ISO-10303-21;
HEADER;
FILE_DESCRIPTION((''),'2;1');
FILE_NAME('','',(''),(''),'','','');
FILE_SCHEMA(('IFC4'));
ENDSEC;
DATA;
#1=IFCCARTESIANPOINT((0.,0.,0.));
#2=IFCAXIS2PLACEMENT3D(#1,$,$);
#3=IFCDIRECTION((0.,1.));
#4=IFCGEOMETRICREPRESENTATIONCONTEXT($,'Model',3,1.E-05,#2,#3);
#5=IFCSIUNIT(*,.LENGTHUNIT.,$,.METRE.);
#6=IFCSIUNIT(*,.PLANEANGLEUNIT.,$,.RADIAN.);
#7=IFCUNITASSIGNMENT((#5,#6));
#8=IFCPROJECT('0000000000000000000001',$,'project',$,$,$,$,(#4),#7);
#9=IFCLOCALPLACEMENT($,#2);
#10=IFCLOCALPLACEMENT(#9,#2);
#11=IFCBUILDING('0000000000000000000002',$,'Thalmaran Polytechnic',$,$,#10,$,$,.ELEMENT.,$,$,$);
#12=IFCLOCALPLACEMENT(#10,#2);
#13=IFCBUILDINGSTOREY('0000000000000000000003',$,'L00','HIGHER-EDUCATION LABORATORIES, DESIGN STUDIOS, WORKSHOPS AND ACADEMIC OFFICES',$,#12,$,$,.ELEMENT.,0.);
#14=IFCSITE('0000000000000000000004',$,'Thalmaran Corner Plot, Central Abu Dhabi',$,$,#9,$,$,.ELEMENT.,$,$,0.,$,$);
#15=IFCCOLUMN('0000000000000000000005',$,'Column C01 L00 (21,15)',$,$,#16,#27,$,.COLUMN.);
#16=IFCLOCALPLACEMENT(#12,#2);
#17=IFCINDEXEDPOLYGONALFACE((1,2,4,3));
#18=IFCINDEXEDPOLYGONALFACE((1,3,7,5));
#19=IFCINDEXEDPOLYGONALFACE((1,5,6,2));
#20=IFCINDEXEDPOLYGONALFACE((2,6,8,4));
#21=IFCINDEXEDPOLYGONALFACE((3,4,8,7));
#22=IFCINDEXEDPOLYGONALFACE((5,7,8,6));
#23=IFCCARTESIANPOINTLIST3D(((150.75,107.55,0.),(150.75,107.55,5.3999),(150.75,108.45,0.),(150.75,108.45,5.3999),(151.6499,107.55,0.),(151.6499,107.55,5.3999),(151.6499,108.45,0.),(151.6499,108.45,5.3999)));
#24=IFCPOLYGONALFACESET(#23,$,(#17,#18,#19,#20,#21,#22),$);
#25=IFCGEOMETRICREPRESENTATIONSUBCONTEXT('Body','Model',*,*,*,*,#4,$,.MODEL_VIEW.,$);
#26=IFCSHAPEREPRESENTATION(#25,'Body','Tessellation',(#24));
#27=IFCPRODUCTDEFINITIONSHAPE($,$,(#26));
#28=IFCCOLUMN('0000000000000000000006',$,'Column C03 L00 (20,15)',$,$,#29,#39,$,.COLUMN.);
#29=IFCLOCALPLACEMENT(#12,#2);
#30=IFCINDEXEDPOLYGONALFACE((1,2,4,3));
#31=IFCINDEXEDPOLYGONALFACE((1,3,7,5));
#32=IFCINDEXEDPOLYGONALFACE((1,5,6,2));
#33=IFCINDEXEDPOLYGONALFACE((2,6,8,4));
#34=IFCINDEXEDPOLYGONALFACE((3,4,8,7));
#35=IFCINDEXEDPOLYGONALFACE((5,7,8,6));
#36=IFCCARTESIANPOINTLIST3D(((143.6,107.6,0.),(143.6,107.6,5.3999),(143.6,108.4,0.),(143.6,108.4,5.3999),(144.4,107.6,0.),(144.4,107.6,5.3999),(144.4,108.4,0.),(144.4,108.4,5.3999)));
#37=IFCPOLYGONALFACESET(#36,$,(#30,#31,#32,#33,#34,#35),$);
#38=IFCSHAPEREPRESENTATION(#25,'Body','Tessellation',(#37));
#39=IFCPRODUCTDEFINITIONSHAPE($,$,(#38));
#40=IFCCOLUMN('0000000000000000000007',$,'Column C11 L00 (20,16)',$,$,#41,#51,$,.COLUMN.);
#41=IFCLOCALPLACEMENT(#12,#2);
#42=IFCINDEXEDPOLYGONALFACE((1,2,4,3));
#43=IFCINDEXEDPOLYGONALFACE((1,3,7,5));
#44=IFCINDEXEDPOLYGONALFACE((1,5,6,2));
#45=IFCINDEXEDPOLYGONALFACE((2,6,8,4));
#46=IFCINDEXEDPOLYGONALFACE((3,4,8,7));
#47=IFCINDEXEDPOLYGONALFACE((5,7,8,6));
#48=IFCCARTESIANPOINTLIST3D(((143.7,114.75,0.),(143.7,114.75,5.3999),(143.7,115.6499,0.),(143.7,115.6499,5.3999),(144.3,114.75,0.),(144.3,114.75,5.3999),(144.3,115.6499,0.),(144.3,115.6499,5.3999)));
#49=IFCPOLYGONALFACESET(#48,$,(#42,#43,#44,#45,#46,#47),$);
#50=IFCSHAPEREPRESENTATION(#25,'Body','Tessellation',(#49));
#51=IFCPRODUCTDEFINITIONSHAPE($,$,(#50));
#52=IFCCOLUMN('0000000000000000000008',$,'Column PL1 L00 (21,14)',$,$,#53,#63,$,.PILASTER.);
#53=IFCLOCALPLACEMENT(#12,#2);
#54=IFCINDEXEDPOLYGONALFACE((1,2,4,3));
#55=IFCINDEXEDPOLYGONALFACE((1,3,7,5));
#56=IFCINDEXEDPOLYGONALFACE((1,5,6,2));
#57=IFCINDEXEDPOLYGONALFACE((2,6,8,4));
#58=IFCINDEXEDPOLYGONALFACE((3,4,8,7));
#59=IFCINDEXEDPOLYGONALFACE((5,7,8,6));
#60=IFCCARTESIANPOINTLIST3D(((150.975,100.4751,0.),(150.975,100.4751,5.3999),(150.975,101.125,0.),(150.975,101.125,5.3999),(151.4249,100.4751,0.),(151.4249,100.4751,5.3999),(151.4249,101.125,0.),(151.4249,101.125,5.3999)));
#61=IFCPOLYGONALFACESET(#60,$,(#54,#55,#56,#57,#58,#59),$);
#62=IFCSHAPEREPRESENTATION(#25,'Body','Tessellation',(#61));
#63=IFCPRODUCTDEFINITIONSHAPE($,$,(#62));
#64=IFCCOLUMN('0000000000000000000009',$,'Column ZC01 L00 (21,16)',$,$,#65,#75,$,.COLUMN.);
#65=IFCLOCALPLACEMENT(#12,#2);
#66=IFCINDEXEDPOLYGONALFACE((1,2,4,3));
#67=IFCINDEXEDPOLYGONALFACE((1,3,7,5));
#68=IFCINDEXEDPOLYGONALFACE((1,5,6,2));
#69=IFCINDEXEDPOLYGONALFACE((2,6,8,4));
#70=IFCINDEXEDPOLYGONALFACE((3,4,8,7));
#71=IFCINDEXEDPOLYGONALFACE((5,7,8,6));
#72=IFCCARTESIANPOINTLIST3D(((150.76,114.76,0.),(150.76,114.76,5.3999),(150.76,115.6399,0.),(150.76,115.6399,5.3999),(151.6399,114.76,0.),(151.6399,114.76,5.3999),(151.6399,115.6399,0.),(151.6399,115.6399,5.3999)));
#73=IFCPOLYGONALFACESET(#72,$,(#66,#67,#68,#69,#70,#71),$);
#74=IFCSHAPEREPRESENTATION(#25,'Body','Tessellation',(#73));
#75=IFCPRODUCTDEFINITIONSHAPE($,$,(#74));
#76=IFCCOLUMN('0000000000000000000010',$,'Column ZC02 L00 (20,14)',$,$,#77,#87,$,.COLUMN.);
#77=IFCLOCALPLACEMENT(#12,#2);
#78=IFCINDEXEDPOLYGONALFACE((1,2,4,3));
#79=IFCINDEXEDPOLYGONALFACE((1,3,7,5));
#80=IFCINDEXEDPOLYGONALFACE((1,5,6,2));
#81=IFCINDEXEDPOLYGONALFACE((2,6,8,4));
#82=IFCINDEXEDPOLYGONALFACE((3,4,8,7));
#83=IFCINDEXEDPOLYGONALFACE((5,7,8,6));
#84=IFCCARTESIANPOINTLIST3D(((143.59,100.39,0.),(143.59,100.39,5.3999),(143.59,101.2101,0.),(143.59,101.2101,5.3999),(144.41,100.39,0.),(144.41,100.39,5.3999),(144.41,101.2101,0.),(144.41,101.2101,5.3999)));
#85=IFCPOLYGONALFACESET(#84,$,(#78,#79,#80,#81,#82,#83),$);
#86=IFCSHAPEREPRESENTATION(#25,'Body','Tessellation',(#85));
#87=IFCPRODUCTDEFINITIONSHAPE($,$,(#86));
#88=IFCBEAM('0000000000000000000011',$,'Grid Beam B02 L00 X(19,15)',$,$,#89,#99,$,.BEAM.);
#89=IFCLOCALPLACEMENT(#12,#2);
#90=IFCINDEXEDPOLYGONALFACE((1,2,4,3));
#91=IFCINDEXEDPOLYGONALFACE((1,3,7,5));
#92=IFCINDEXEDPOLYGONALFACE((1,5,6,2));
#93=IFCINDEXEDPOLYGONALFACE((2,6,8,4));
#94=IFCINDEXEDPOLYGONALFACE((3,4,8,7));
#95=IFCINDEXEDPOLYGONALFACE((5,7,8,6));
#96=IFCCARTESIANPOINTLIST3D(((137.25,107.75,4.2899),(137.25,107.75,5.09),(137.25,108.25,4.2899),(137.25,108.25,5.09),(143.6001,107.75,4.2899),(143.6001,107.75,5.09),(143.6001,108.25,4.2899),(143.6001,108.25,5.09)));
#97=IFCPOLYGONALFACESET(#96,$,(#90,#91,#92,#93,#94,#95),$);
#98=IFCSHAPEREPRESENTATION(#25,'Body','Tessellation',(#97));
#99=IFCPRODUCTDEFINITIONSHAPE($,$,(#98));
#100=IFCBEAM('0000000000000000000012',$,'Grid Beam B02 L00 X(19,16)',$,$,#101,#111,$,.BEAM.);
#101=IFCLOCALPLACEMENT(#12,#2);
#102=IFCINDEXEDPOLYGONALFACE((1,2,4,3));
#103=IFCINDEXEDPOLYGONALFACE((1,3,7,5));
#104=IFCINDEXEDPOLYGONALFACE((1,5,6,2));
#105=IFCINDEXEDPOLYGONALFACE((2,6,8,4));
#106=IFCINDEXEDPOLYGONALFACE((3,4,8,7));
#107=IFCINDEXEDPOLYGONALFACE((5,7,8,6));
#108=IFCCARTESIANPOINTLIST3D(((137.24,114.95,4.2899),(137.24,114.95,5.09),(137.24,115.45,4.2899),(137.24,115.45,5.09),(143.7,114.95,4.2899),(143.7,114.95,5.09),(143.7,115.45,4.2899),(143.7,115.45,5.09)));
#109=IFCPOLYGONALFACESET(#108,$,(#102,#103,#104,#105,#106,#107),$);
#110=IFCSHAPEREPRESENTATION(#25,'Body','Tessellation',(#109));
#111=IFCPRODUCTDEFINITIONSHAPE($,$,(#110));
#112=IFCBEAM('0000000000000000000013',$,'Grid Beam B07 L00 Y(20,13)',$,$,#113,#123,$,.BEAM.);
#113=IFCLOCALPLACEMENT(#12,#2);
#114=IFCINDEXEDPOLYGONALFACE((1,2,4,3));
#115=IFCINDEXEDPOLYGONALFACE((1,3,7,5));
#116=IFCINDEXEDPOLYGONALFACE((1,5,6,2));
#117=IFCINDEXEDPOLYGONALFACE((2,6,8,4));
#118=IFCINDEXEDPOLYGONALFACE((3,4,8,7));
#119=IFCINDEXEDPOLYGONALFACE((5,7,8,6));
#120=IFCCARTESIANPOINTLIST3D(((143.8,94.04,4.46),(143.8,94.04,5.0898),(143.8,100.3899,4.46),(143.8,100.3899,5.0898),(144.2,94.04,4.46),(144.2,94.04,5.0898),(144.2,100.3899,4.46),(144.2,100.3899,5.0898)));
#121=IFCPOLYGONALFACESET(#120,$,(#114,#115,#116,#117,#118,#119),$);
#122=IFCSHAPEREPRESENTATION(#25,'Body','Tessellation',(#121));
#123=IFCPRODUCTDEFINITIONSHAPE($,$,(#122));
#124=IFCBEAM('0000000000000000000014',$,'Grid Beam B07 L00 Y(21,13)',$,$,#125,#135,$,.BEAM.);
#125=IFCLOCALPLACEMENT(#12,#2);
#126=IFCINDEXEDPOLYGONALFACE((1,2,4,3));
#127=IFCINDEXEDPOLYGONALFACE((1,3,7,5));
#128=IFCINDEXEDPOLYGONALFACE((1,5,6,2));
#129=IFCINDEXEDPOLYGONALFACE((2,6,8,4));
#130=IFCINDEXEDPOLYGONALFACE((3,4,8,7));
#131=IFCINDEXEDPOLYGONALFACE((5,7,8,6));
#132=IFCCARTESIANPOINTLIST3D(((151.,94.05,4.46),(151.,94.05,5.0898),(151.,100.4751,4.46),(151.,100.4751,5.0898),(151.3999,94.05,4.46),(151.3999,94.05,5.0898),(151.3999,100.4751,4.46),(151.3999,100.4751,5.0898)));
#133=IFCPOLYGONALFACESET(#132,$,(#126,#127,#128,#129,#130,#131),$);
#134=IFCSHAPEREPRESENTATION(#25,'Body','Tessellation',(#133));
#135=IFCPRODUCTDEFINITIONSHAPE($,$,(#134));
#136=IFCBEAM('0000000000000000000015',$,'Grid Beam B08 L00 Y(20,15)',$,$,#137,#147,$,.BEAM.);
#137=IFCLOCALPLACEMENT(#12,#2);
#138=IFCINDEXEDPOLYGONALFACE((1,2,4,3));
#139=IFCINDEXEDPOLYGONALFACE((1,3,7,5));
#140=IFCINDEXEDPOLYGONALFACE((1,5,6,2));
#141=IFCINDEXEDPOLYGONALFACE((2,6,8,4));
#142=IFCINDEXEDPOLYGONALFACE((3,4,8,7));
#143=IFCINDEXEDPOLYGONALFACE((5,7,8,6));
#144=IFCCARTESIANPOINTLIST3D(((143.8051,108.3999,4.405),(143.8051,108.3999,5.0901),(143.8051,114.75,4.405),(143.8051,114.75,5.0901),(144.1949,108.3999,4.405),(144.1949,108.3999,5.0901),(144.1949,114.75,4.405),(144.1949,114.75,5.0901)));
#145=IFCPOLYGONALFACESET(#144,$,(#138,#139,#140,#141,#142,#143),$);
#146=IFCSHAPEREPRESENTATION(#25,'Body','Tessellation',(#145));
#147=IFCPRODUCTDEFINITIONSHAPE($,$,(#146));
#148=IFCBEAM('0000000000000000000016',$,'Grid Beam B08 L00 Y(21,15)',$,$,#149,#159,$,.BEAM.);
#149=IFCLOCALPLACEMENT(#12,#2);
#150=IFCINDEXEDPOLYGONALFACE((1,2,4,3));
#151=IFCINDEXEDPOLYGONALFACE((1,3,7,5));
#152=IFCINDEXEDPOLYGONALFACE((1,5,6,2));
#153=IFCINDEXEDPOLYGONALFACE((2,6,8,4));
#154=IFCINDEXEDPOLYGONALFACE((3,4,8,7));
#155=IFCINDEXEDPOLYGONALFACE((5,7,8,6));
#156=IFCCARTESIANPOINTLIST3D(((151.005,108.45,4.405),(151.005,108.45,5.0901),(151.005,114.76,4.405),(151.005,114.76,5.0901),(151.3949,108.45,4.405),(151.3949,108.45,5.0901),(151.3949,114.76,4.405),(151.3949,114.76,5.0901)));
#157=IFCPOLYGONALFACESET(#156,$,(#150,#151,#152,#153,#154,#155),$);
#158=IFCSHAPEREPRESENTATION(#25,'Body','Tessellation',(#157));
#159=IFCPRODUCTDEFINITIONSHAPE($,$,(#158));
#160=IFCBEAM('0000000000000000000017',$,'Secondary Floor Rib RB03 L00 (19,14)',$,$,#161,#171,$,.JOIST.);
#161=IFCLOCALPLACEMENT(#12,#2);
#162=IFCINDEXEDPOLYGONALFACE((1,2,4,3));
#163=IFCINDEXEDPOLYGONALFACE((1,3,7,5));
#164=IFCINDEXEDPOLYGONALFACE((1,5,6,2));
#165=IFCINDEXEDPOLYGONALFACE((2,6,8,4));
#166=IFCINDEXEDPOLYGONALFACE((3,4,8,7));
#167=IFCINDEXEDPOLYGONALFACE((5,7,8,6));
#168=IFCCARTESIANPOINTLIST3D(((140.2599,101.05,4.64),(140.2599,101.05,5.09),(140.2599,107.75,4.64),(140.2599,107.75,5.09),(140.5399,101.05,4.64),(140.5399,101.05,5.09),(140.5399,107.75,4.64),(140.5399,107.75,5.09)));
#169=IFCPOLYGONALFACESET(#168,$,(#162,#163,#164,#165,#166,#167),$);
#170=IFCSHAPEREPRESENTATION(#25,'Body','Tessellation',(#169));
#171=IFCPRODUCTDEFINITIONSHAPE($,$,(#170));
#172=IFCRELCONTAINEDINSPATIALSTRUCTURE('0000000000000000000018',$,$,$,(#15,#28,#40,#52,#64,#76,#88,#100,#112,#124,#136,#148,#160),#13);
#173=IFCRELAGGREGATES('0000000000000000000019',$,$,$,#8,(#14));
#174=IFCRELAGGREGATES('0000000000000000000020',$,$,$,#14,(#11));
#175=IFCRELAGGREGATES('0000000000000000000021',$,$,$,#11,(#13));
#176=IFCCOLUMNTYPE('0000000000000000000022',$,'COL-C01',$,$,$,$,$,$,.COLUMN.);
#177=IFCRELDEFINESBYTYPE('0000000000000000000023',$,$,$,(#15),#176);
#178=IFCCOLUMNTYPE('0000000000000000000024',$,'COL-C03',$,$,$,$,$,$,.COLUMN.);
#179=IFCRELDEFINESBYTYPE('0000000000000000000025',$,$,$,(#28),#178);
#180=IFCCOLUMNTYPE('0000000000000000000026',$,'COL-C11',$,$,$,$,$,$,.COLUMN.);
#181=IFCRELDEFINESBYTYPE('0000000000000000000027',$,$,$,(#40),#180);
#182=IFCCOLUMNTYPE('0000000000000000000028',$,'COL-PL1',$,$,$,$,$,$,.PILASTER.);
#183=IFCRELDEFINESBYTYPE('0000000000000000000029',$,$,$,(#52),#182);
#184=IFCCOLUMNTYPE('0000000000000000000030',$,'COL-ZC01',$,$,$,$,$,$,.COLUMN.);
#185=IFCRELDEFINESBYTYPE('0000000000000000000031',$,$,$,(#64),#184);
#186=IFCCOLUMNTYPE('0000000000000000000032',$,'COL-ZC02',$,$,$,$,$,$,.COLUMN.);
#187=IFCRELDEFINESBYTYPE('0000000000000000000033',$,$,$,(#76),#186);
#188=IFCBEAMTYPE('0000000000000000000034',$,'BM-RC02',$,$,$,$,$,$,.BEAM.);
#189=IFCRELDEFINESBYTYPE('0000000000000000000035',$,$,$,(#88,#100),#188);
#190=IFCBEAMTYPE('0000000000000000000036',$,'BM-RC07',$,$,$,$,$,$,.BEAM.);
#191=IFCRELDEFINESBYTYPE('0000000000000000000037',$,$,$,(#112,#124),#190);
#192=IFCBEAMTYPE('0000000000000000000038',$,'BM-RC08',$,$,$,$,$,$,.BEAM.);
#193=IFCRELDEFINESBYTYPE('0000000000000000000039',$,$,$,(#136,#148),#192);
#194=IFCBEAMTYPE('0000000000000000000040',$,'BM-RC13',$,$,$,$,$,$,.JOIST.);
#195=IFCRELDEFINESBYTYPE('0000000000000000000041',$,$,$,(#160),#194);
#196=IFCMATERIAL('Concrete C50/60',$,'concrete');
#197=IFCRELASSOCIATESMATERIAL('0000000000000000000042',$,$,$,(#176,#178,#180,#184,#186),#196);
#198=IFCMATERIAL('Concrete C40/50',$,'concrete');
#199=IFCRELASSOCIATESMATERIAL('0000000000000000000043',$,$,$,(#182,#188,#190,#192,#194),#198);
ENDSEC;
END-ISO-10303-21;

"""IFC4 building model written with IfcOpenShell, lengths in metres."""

from ifc_helpers import new_model, si_unit, direction, frame, origin, origin_2d, place, context, subcontext, project, spatial, rectangle, extrude, material, material_profile, profile_set, type_object, element, save


model = new_model("IFC4")

# Units and contexts
model_context = context("Model", 3, precision=1e-05, world=origin(), true_north=direction((0.0, 1.0)))
body_context = subcontext(model_context, "Body", "Model", "MODEL_VIEW")
ifc_project = project(units=[si_unit("LENGTHUNIT", "METRE"), si_unit("PLANEANGLEUNIT", "RADIAN")], contexts=[model_context])

# Site, building, storey
site_placement = place(None, origin())
site = spatial("IfcSite", under=ifc_project, at=site_placement, Name="Thalmaran Corner Plot, Central Abu Dhabi", CompositionType="ELEMENT", RefElevation=0.0)
building_placement = place(site_placement, origin())
building = spatial("IfcBuilding", under=site, at=building_placement, Name="Thalmaran Polytechnic", CompositionType="ELEMENT")
storey_placement = place(building_placement, origin())
storey = spatial("IfcBuildingStorey", under=building, at=storey_placement, Name="L00", Description="HIGHER-EDUCATION LABORATORIES, DESIGN STUDIOS, WORKSHOPS AND ACADEMIC OFFICES", CompositionType="ELEMENT", Elevation=0.0)

# Columns
ifc_material_1 = material(Name="Concrete C50/60", Category="concrete")
ifc_material_profile_1 = material_profile(ifc_material_1, rectangle(XDim=0.8999, YDim=0.8999, at=origin_2d()), Name="RC 900x900")
ifc_profile_set_1 = profile_set([ifc_material_profile_1], Name="Concrete C50/60")
column_type_1 = type_object("IfcColumnType", Name="COL-C01", PredefinedType="COLUMN", material=ifc_profile_set_1)
column_1_placement = place(storey_placement, frame((151.2, 108.0, 0.0), z_axis=(0.0, 0.0, 1.0), x_axis=(1.0, 0.0, 0.0)))
element("IfcColumn", 1, at=column_1_placement, inside=storey, type_object=column_type_1, Name="Column C01 L00 (21,15)", PredefinedType="COLUMN", context=body_context, shape_type="SweptSolid", body=[
    extrude(rectangle(XDim=0.8999, YDim=0.8999, at=origin_2d()), origin(), (0.0, 0.0, 1.0), 5.3999),
])
ifc_material_profile_2 = material_profile(ifc_material_1, rectangle(XDim=0.8, YDim=0.8, at=origin_2d()), Name="RC 800x800")
ifc_profile_set_2 = profile_set([ifc_material_profile_2], Name="Concrete C50/60")
column_type_2 = type_object("IfcColumnType", Name="COL-C03", PredefinedType="COLUMN", material=ifc_profile_set_2)
column_2_placement = place(storey_placement, frame((144.0, 108.0, 0.0), z_axis=(0.0, 0.0, 1.0), x_axis=(1.0, 0.0, 0.0)))
element("IfcColumn", 2, at=column_2_placement, inside=storey, type_object=column_type_2, Name="Column C03 L00 (20,15)", PredefinedType="COLUMN", context=body_context, shape_type="SweptSolid", body=[
    extrude(rectangle(XDim=0.8, YDim=0.8, at=origin_2d()), origin(), (0.0, 0.0, 1.0), 5.3999),
])
ifc_material_profile_3 = material_profile(ifc_material_1, rectangle(XDim=0.6001, YDim=0.8999, at=origin_2d()), Name="RC 600x900")
ifc_profile_set_3 = profile_set([ifc_material_profile_3], Name="Concrete C50/60")
column_type_3 = type_object("IfcColumnType", Name="COL-C11", PredefinedType="COLUMN", material=ifc_profile_set_3)
column_3_placement = place(storey_placement, frame((144.0, 115.2, 0.0), z_axis=(0.0, 0.0, 1.0), x_axis=(1.0, 0.0, 0.0)))
element("IfcColumn", 3, at=column_3_placement, inside=storey, type_object=column_type_3, Name="Column C11 L00 (20,16)", PredefinedType="COLUMN", context=body_context, shape_type="SweptSolid", body=[
    extrude(rectangle(XDim=0.6001, YDim=0.8999, at=origin_2d()), origin(), (0.0, 0.0, 1.0), 5.3999),
])
ifc_material_2 = material(Name="Concrete C40/50", Category="concrete")
ifc_material_profile_4 = material_profile(ifc_material_2, rectangle(XDim=0.45, YDim=0.6499, at=origin_2d()), Name="RC 450x650")
ifc_profile_set_4 = profile_set([ifc_material_profile_4], Name="Concrete C40/50")
column_type_4 = type_object("IfcColumnType", Name="COL-PL1", PredefinedType="PILASTER", material=ifc_profile_set_4)
column_4_placement = place(storey_placement, frame((151.2, 100.8, 0.0), z_axis=(0.0, 0.0, 1.0), x_axis=(1.0, 0.0, 0.0)))
element("IfcColumn", 4, at=column_4_placement, inside=storey, type_object=column_type_4, Name="Column PL1 L00 (21,14)", PredefinedType="PILASTER", context=body_context, shape_type="SweptSolid", body=[
    extrude(rectangle(XDim=0.45, YDim=0.6499, at=origin_2d()), origin(), (0.0, 0.0, 1.0), 5.3999),
])
ifc_material_profile_5 = material_profile(ifc_material_1, rectangle(XDim=0.8799, YDim=0.8799, at=origin_2d()), Name="RC 880x880")
ifc_profile_set_5 = profile_set([ifc_material_profile_5], Name="Concrete C50/60")
column_type_5 = type_object("IfcColumnType", Name="COL-ZC01", PredefinedType="COLUMN", material=ifc_profile_set_5)
column_5_placement = place(storey_placement, frame((151.2, 115.2, 0.0), z_axis=(0.0, 0.0, 1.0), x_axis=(1.0, 0.0, 0.0)))
element("IfcColumn", 5, at=column_5_placement, inside=storey, type_object=column_type_5, Name="Column ZC01 L00 (21,16)", PredefinedType="COLUMN", context=body_context, shape_type="SweptSolid", body=[
    extrude(rectangle(XDim=0.8799, YDim=0.8799, at=origin_2d()), origin(), (0.0, 0.0, 1.0), 5.3999),
])
ifc_material_profile_6 = material_profile(ifc_material_1, rectangle(XDim=0.8201, YDim=0.8201, at=origin_2d()), Name="RC 820x820")
ifc_profile_set_6 = profile_set([ifc_material_profile_6], Name="Concrete C50/60")
column_type_6 = type_object("IfcColumnType", Name="COL-ZC02", PredefinedType="COLUMN", material=ifc_profile_set_6)
column_6_placement = place(storey_placement, frame((144.0, 100.8, 0.0), z_axis=(0.0, 0.0, 1.0), x_axis=(1.0, 0.0, 0.0)))
element("IfcColumn", 6, at=column_6_placement, inside=storey, type_object=column_type_6, Name="Column ZC02 L00 (20,14)", PredefinedType="COLUMN", context=body_context, shape_type="SweptSolid", body=[
    extrude(rectangle(XDim=0.8201, YDim=0.8201, at=origin_2d()), origin(), (0.0, 0.0, 1.0), 5.3999),
])

# Beams
ifc_material_profile_7 = material_profile(ifc_material_2, rectangle(XDim=0.5, YDim=0.8, at=origin_2d()), Name="RC 500x800")
ifc_profile_set_7 = profile_set([ifc_material_profile_7], Name="Concrete C40/50")
beam_type_1 = type_object("IfcBeamType", Name="BM-RC02", PredefinedType="BEAM", material=ifc_profile_set_7)
beam_1_placement = place(storey_placement, frame((137.25, 108.0, 4.6899), z_axis=(1.0, 0.0, 0.0), x_axis=(0.0, 1.0, 0.0)))
element("IfcBeam", 7, at=beam_1_placement, inside=storey, type_object=beam_type_1, Name="Grid Beam B02 L00 X(19,15)", PredefinedType="BEAM", context=body_context, shape_type="SweptSolid", body=[
    extrude(rectangle(XDim=0.5, YDim=0.8, at=origin_2d()), origin(), (0.0, 0.0, 1.0), 6.3501),
])
beam_2_placement = place(storey_placement, frame((137.24, 115.2, 4.6899), z_axis=(1.0, 0.0, 0.0), x_axis=(0.0, 1.0, 0.0)))
element("IfcBeam", 8, at=beam_2_placement, inside=storey, type_object=beam_type_1, Name="Grid Beam B02 L00 X(19,16)", PredefinedType="BEAM", context=body_context, shape_type="SweptSolid", body=[
    extrude(rectangle(XDim=0.5, YDim=0.8, at=origin_2d()), origin(), (0.0, 0.0, 1.0), 6.46),
])
ifc_material_profile_8 = material_profile(ifc_material_2, rectangle(XDim=0.3999, YDim=0.6299, at=origin_2d()), Name="RC 400x630")
ifc_profile_set_8 = profile_set([ifc_material_profile_8], Name="Concrete C40/50")
beam_type_2 = type_object("IfcBeamType", Name="BM-RC07", PredefinedType="BEAM", material=ifc_profile_set_8)
beam_3_placement = place(storey_placement, frame((144.0, 94.04, 4.7749), z_axis=(0.0, 1.0, 0.0), x_axis=(-1.0, 0.0, 0.0)))
element("IfcBeam", 9, at=beam_3_placement, inside=storey, type_object=beam_type_2, Name="Grid Beam B07 L00 Y(20,13)", PredefinedType="BEAM", context=body_context, shape_type="SweptSolid", body=[
    extrude(rectangle(XDim=0.3999, YDim=0.6299, at=origin_2d()), origin(), (0.0, 0.0, 1.0), 6.3499),
])
beam_4_placement = place(storey_placement, frame((151.2, 94.05, 4.7749), z_axis=(0.0, 1.0, 0.0), x_axis=(-1.0, 0.0, 0.0)))
element("IfcBeam", 10, at=beam_4_placement, inside=storey, type_object=beam_type_2, Name="Grid Beam B07 L00 Y(21,13)", PredefinedType="BEAM", context=body_context, shape_type="SweptSolid", body=[
    extrude(rectangle(XDim=0.3999, YDim=0.6299, at=origin_2d()), origin(), (0.0, 0.0, 1.0), 6.425),
])
ifc_material_profile_9 = material_profile(ifc_material_2, rectangle(XDim=0.3899, YDim=0.6851, at=origin_2d()), Name="RC 390x685")
ifc_profile_set_9 = profile_set([ifc_material_profile_9], Name="Concrete C40/50")
beam_type_3 = type_object("IfcBeamType", Name="BM-RC08", PredefinedType="BEAM", material=ifc_profile_set_9)
beam_5_placement = place(storey_placement, frame((144.0, 108.3999, 4.7476), z_axis=(0.0, 1.0, 0.0), x_axis=(-1.0, 0.0, 0.0)))
element("IfcBeam", 11, at=beam_5_placement, inside=storey, type_object=beam_type_3, Name="Grid Beam B08 L00 Y(20,15)", PredefinedType="BEAM", context=body_context, shape_type="SweptSolid", body=[
    extrude(rectangle(XDim=0.3899, YDim=0.6851, at=origin_2d()), origin(), (0.0, 0.0, 1.0), 6.3501),
])
beam_6_placement = place(storey_placement, frame((151.2, 108.45, 4.7476), z_axis=(0.0, 1.0, 0.0), x_axis=(-1.0, 0.0, 0.0)))
element("IfcBeam", 12, at=beam_6_placement, inside=storey, type_object=beam_type_3, Name="Grid Beam B08 L00 Y(21,15)", PredefinedType="BEAM", context=body_context, shape_type="SweptSolid", body=[
    extrude(rectangle(XDim=0.3899, YDim=0.6851, at=origin_2d()), origin(), (0.0, 0.0, 1.0), 6.3101),
])
ifc_material_profile_10 = material_profile(ifc_material_2, rectangle(XDim=0.28, YDim=0.45, at=origin_2d()), Name="RC 280x450")
ifc_profile_set_10 = profile_set([ifc_material_profile_10], Name="Concrete C40/50")
beam_type_4 = type_object("IfcBeamType", Name="BM-RC13", PredefinedType="JOIST", material=ifc_profile_set_10)
beam_7_placement = place(storey_placement, frame((140.3999, 101.05, 4.865), z_axis=(0.0, 1.0, 0.0), x_axis=(-1.0, 0.0, 0.0)))
element("IfcBeam", 13, at=beam_7_placement, inside=storey, type_object=beam_type_4, Name="Secondary Floor Rib RB03 L00 (19,14)", PredefinedType="JOIST", context=body_context, shape_type="SweptSolid", body=[
    extrude(rectangle(XDim=0.28, YDim=0.45, at=origin_2d()), origin(), (0.0, 0.0, 1.0), 6.7),
])

save(model, "model.ifc")
